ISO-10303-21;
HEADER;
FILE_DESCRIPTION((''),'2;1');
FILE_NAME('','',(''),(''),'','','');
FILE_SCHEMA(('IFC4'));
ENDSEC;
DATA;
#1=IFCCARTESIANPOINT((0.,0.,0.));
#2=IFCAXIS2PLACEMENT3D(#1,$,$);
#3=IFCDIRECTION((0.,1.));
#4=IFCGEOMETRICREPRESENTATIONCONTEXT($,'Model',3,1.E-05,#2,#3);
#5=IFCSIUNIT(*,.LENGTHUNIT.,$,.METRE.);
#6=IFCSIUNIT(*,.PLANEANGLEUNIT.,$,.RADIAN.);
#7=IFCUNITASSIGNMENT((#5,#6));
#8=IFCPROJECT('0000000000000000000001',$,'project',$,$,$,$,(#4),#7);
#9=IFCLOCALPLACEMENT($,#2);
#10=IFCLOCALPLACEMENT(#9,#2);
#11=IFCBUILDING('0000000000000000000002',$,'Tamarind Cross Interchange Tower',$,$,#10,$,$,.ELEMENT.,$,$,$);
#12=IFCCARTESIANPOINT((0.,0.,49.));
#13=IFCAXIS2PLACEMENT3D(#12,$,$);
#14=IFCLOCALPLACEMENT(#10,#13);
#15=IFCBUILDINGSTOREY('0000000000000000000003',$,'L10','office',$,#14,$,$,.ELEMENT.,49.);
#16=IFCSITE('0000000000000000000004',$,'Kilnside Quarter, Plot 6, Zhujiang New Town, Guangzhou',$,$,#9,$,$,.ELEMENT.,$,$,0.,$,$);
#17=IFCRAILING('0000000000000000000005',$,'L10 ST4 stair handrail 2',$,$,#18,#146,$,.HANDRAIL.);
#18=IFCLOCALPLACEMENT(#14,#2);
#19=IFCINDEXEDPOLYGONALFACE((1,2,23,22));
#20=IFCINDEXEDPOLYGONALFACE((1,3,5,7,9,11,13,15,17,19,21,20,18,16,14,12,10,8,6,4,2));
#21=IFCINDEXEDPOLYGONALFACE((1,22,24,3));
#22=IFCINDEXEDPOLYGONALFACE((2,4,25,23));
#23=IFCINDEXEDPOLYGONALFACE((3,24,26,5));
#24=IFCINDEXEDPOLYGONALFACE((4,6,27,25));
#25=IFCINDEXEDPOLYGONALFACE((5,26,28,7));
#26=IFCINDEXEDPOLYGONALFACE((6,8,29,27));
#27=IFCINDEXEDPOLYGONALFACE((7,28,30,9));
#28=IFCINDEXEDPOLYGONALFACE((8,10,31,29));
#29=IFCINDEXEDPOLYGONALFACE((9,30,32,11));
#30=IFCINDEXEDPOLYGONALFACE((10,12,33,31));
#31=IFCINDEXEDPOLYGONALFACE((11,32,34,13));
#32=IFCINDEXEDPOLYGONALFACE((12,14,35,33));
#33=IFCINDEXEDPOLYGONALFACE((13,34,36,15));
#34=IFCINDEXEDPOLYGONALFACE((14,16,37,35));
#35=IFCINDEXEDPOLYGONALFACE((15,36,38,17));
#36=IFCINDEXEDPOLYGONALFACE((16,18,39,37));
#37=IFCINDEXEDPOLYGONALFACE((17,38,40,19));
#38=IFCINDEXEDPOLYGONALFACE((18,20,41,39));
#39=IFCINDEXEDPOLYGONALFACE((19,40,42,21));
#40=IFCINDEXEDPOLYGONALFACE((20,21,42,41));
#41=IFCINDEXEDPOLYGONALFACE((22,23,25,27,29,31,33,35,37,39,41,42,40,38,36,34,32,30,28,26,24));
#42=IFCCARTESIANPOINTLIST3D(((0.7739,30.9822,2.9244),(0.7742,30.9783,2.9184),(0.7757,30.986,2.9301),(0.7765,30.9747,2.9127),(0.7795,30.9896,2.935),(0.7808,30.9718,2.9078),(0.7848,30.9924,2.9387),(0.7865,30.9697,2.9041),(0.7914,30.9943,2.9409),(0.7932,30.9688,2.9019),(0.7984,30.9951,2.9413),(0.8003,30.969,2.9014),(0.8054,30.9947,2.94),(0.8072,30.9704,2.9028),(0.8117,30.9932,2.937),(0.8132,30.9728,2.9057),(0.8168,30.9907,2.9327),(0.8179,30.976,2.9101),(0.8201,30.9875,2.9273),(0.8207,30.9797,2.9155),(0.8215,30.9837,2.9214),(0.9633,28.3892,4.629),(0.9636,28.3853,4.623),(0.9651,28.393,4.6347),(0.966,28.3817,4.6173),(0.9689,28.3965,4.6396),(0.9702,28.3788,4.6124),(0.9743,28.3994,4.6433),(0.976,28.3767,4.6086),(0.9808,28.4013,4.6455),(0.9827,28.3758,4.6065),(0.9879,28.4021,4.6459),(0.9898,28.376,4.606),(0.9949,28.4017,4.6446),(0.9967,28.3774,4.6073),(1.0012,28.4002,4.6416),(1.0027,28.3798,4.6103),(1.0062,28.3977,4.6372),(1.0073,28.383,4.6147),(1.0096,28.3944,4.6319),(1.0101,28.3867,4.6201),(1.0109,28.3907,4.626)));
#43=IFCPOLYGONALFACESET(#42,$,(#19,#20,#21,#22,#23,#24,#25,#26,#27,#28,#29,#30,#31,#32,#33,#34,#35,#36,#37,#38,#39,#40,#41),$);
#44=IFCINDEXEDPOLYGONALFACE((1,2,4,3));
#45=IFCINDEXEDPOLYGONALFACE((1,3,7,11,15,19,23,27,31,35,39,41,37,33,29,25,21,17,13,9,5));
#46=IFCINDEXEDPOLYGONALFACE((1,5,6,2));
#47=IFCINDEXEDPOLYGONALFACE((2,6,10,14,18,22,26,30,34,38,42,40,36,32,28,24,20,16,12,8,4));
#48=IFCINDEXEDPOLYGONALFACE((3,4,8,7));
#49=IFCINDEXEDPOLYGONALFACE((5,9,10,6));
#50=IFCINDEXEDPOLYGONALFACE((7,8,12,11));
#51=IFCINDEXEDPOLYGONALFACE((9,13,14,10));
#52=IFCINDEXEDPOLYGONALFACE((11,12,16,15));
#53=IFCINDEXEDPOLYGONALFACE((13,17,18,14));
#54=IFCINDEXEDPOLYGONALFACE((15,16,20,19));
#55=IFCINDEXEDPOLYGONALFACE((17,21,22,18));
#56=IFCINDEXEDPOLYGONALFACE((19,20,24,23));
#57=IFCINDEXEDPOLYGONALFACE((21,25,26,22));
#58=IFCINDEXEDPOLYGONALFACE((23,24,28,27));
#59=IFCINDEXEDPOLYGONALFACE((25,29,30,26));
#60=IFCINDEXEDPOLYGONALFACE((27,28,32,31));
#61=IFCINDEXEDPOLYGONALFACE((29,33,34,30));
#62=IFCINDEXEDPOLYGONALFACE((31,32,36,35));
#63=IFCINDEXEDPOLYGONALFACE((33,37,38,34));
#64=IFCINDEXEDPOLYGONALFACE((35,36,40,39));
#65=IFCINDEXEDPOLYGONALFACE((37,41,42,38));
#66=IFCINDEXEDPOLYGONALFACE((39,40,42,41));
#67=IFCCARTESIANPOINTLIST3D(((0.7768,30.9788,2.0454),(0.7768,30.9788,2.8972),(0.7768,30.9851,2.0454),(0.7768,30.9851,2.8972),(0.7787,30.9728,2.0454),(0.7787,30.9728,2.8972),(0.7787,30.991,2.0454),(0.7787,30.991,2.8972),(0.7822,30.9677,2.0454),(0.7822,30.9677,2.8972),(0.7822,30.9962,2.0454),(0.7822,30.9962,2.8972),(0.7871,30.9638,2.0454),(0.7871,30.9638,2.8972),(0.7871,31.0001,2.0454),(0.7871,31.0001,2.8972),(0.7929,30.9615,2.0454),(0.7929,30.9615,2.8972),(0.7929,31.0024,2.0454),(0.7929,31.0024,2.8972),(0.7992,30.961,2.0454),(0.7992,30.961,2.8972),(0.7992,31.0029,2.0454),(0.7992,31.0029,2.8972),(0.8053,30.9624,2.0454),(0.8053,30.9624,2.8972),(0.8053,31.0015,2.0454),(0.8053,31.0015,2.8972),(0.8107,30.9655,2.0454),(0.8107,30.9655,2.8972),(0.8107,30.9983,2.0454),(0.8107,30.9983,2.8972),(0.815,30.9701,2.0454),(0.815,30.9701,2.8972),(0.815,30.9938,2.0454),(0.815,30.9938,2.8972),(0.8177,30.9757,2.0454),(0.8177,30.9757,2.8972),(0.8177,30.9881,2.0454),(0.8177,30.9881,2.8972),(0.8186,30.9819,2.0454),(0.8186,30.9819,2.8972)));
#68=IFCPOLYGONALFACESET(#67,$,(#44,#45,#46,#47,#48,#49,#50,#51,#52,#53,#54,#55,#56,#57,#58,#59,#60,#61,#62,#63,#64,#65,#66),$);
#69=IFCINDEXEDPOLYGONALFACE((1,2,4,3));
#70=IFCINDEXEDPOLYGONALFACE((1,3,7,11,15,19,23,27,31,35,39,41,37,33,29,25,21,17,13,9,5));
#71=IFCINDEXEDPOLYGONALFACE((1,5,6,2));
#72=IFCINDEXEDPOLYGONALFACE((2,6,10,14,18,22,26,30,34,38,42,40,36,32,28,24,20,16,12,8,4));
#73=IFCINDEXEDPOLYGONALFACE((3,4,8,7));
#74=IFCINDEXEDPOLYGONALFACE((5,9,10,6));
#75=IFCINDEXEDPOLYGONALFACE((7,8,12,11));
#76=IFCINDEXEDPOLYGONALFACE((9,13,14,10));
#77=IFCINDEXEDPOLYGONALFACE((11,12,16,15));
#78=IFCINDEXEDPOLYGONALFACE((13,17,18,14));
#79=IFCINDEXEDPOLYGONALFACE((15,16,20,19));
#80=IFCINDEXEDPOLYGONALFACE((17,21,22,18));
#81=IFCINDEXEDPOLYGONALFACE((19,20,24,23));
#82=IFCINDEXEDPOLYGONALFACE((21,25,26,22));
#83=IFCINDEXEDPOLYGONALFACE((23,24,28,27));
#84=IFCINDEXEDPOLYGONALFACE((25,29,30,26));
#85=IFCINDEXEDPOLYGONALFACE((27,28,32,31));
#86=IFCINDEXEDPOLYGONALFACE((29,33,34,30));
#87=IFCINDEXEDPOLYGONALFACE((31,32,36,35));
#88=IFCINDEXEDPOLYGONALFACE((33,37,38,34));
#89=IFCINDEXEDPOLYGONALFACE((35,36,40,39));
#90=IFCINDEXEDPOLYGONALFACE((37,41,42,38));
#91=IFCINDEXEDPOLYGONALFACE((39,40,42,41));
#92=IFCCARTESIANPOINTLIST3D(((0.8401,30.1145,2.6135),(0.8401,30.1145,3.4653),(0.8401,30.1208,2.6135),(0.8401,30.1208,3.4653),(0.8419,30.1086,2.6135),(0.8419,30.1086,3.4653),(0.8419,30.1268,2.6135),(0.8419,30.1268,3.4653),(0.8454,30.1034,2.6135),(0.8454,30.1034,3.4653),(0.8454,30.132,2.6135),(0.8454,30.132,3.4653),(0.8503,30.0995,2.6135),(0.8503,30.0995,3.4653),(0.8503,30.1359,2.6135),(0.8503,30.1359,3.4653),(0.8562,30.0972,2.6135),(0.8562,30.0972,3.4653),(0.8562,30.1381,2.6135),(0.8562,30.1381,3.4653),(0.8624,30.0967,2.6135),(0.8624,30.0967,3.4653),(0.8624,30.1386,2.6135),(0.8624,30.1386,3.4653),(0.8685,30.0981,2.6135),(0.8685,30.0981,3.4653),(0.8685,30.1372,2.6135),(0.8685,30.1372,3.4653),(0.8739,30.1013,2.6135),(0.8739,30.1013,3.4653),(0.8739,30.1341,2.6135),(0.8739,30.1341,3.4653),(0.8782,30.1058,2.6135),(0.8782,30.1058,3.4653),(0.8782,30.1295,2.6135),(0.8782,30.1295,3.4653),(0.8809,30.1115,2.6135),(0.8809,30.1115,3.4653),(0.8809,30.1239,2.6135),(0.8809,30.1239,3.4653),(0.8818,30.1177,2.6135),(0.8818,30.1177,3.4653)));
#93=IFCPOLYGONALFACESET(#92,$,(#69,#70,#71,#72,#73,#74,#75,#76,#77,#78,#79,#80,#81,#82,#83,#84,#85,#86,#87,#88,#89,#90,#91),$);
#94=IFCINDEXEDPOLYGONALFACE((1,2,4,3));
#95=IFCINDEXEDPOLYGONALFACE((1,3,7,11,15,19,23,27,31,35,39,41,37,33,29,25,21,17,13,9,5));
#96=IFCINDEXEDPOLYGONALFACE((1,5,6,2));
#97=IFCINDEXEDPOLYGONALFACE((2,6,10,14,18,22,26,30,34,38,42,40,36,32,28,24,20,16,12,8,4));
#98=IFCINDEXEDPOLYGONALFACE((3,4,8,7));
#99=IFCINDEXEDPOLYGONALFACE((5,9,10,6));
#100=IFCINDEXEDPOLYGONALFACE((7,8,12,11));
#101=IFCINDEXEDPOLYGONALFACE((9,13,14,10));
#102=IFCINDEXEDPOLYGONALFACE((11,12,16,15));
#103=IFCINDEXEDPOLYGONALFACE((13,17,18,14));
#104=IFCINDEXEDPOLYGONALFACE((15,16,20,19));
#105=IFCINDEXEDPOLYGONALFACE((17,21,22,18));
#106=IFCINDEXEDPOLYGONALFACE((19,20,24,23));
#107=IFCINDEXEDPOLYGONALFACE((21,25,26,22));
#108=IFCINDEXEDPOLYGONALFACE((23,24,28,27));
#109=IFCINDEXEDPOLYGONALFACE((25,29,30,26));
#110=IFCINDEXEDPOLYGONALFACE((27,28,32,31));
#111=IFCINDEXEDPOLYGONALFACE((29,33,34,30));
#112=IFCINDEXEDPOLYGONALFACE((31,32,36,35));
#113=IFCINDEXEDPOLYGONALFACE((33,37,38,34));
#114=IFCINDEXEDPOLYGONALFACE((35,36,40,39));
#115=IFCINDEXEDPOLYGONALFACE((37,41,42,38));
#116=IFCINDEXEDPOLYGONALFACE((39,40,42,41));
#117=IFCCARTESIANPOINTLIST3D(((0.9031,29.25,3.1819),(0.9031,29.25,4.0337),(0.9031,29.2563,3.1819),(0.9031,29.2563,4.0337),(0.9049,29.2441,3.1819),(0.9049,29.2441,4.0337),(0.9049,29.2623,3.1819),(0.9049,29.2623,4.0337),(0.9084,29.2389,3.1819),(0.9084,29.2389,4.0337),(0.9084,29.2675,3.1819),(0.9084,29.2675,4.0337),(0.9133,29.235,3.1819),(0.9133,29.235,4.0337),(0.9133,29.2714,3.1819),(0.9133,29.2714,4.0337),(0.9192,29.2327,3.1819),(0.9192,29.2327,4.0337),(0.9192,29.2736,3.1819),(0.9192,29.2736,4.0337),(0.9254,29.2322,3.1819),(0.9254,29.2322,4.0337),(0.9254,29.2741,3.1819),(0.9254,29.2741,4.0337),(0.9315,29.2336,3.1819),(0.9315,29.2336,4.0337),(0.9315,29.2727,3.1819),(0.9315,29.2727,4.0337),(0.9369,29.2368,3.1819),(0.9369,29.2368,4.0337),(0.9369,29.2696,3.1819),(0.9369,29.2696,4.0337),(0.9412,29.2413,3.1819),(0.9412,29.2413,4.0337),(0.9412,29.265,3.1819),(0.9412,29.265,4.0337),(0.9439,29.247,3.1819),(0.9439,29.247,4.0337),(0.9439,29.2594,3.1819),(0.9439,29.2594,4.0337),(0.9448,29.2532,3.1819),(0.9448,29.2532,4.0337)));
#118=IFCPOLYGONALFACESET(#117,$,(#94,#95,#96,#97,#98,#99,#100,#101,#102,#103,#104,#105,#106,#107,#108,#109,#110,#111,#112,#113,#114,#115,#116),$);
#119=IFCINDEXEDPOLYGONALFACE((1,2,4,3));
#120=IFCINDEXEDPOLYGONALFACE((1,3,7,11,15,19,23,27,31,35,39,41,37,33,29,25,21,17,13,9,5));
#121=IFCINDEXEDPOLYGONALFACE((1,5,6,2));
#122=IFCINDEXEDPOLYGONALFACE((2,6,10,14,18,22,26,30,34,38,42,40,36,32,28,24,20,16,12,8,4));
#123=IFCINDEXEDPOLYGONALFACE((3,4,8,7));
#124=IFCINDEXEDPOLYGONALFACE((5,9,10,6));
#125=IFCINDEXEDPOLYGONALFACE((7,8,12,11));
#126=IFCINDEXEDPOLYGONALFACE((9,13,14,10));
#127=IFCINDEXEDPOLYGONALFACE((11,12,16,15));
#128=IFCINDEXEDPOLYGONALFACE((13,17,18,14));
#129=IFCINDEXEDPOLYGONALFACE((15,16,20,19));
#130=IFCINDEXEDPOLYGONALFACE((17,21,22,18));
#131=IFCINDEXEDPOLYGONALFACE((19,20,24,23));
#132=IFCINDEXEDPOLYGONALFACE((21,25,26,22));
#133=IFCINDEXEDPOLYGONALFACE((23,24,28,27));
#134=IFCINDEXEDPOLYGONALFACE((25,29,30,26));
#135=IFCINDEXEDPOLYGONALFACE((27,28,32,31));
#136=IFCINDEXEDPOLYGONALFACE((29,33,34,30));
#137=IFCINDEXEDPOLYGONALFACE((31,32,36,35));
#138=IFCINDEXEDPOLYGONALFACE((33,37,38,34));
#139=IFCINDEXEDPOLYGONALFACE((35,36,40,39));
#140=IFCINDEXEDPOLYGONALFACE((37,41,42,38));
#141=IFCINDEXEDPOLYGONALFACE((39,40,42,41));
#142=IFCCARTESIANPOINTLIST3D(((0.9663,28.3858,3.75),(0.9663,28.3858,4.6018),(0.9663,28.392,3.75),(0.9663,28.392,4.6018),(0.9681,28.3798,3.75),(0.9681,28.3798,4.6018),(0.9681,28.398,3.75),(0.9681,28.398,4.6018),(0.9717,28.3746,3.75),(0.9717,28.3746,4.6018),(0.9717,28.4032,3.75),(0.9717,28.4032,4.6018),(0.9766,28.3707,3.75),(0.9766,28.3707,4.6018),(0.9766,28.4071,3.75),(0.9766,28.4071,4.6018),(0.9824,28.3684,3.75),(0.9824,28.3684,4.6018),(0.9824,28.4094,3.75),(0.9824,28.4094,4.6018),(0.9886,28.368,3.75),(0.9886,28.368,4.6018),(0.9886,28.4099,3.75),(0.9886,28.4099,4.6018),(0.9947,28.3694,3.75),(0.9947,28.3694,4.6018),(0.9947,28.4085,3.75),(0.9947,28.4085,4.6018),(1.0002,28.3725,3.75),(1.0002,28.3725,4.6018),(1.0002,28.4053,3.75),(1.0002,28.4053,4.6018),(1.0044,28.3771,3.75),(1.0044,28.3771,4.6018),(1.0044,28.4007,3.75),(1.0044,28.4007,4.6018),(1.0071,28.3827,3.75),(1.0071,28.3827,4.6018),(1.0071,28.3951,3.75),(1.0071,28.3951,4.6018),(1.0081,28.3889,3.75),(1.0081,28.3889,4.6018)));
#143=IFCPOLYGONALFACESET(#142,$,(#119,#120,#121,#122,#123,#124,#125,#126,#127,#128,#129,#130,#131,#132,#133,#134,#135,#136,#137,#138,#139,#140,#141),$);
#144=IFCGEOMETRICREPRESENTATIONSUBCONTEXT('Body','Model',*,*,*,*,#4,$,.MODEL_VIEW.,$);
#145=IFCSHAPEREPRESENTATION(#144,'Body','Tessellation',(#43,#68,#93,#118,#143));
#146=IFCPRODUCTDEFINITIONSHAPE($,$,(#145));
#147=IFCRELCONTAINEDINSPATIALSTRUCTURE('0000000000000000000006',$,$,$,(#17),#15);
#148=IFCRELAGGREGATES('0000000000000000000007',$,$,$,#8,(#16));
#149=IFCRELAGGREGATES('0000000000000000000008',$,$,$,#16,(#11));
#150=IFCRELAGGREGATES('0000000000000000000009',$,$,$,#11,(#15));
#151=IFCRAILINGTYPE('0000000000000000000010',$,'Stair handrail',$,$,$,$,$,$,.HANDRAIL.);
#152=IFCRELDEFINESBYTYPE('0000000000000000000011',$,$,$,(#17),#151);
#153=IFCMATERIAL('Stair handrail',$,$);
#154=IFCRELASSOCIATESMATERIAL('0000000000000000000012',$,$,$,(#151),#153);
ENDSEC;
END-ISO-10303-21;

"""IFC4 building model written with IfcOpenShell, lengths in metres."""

from ifc_helpers import new_model, si_unit, direction, frame, origin, origin_2d, place, context, subcontext, project, spatial, circle, extrude, material, type_object, element, save


model = new_model("IFC4")

# Units and contexts
model_context = context("Model", 3, precision=1e-05, world=origin(), true_north=direction((0.0, 1.0)))
body_context = subcontext(model_context, "Body", "Model", "MODEL_VIEW")
ifc_project = project(units=[si_unit("LENGTHUNIT", "METRE"), si_unit("PLANEANGLEUNIT", "RADIAN")], contexts=[model_context])

# Site, building, storey
site_placement = place(None, origin())
site = spatial("IfcSite", under=ifc_project, at=site_placement, Name="Kilnside Quarter, Plot 6, Zhujiang New Town, Guangzhou", CompositionType="ELEMENT", RefElevation=0.0)
building_placement = place(site_placement, origin())
building = spatial("IfcBuilding", under=site, at=building_placement, Name="Tamarind Cross Interchange Tower", CompositionType="ELEMENT")
storey_placement = place(building_placement, frame((0.0, 0.0, 49.0)))
storey = spatial("IfcBuildingStorey", under=building, at=storey_placement, Name="L10", Description="office", CompositionType="ELEMENT", Elevation=49.0)

# Railing
ifc_material_1 = material(Name="Stair handrail")
railing_type_1 = type_object("IfcRailingType", Name="Stair handrail", PredefinedType="HANDRAIL", material=ifc_material_1)
railing_1_placement = place(storey_placement, frame((0.7976, 30.9819, 2.0454)))
element("IfcRailing", 1, at=railing_1_placement, inside=storey, type_object=railing_type_1, Name="L10 ST4 stair handrail 2", PredefinedType="HANDRAIL", context=body_context, shape_type="SweptSolid", body=[
    extrude(circle(Radius=0.0239, at=origin_2d()), frame((0.0, 0.0, 0.876), z_axis=(0.060939, -0.834063, 0.548294), x_axis=(0.997342, 0.072869, 0.0)), (0.0, 0.0, 1.0), 3.1089),
    extrude(circle(Radius=0.021, at=origin_2d()), origin(), (0.0, 0.0, 1.0), 0.8518),
    extrude(circle(Radius=0.021, at=origin_2d()), frame((0.0632, -0.8643, 0.5681)), (0.0, 0.0, 1.0), 0.8518),
    extrude(circle(Radius=0.021, at=origin_2d()), frame((0.1262, -1.7288, 1.1365)), (0.0, 0.0, 1.0), 0.8518),
    extrude(circle(Radius=0.021, at=origin_2d()), frame((0.1895, -2.593, 1.7046)), (0.0, 0.0, 1.0), 0.8518),
])

save(model, "model.ifc")
